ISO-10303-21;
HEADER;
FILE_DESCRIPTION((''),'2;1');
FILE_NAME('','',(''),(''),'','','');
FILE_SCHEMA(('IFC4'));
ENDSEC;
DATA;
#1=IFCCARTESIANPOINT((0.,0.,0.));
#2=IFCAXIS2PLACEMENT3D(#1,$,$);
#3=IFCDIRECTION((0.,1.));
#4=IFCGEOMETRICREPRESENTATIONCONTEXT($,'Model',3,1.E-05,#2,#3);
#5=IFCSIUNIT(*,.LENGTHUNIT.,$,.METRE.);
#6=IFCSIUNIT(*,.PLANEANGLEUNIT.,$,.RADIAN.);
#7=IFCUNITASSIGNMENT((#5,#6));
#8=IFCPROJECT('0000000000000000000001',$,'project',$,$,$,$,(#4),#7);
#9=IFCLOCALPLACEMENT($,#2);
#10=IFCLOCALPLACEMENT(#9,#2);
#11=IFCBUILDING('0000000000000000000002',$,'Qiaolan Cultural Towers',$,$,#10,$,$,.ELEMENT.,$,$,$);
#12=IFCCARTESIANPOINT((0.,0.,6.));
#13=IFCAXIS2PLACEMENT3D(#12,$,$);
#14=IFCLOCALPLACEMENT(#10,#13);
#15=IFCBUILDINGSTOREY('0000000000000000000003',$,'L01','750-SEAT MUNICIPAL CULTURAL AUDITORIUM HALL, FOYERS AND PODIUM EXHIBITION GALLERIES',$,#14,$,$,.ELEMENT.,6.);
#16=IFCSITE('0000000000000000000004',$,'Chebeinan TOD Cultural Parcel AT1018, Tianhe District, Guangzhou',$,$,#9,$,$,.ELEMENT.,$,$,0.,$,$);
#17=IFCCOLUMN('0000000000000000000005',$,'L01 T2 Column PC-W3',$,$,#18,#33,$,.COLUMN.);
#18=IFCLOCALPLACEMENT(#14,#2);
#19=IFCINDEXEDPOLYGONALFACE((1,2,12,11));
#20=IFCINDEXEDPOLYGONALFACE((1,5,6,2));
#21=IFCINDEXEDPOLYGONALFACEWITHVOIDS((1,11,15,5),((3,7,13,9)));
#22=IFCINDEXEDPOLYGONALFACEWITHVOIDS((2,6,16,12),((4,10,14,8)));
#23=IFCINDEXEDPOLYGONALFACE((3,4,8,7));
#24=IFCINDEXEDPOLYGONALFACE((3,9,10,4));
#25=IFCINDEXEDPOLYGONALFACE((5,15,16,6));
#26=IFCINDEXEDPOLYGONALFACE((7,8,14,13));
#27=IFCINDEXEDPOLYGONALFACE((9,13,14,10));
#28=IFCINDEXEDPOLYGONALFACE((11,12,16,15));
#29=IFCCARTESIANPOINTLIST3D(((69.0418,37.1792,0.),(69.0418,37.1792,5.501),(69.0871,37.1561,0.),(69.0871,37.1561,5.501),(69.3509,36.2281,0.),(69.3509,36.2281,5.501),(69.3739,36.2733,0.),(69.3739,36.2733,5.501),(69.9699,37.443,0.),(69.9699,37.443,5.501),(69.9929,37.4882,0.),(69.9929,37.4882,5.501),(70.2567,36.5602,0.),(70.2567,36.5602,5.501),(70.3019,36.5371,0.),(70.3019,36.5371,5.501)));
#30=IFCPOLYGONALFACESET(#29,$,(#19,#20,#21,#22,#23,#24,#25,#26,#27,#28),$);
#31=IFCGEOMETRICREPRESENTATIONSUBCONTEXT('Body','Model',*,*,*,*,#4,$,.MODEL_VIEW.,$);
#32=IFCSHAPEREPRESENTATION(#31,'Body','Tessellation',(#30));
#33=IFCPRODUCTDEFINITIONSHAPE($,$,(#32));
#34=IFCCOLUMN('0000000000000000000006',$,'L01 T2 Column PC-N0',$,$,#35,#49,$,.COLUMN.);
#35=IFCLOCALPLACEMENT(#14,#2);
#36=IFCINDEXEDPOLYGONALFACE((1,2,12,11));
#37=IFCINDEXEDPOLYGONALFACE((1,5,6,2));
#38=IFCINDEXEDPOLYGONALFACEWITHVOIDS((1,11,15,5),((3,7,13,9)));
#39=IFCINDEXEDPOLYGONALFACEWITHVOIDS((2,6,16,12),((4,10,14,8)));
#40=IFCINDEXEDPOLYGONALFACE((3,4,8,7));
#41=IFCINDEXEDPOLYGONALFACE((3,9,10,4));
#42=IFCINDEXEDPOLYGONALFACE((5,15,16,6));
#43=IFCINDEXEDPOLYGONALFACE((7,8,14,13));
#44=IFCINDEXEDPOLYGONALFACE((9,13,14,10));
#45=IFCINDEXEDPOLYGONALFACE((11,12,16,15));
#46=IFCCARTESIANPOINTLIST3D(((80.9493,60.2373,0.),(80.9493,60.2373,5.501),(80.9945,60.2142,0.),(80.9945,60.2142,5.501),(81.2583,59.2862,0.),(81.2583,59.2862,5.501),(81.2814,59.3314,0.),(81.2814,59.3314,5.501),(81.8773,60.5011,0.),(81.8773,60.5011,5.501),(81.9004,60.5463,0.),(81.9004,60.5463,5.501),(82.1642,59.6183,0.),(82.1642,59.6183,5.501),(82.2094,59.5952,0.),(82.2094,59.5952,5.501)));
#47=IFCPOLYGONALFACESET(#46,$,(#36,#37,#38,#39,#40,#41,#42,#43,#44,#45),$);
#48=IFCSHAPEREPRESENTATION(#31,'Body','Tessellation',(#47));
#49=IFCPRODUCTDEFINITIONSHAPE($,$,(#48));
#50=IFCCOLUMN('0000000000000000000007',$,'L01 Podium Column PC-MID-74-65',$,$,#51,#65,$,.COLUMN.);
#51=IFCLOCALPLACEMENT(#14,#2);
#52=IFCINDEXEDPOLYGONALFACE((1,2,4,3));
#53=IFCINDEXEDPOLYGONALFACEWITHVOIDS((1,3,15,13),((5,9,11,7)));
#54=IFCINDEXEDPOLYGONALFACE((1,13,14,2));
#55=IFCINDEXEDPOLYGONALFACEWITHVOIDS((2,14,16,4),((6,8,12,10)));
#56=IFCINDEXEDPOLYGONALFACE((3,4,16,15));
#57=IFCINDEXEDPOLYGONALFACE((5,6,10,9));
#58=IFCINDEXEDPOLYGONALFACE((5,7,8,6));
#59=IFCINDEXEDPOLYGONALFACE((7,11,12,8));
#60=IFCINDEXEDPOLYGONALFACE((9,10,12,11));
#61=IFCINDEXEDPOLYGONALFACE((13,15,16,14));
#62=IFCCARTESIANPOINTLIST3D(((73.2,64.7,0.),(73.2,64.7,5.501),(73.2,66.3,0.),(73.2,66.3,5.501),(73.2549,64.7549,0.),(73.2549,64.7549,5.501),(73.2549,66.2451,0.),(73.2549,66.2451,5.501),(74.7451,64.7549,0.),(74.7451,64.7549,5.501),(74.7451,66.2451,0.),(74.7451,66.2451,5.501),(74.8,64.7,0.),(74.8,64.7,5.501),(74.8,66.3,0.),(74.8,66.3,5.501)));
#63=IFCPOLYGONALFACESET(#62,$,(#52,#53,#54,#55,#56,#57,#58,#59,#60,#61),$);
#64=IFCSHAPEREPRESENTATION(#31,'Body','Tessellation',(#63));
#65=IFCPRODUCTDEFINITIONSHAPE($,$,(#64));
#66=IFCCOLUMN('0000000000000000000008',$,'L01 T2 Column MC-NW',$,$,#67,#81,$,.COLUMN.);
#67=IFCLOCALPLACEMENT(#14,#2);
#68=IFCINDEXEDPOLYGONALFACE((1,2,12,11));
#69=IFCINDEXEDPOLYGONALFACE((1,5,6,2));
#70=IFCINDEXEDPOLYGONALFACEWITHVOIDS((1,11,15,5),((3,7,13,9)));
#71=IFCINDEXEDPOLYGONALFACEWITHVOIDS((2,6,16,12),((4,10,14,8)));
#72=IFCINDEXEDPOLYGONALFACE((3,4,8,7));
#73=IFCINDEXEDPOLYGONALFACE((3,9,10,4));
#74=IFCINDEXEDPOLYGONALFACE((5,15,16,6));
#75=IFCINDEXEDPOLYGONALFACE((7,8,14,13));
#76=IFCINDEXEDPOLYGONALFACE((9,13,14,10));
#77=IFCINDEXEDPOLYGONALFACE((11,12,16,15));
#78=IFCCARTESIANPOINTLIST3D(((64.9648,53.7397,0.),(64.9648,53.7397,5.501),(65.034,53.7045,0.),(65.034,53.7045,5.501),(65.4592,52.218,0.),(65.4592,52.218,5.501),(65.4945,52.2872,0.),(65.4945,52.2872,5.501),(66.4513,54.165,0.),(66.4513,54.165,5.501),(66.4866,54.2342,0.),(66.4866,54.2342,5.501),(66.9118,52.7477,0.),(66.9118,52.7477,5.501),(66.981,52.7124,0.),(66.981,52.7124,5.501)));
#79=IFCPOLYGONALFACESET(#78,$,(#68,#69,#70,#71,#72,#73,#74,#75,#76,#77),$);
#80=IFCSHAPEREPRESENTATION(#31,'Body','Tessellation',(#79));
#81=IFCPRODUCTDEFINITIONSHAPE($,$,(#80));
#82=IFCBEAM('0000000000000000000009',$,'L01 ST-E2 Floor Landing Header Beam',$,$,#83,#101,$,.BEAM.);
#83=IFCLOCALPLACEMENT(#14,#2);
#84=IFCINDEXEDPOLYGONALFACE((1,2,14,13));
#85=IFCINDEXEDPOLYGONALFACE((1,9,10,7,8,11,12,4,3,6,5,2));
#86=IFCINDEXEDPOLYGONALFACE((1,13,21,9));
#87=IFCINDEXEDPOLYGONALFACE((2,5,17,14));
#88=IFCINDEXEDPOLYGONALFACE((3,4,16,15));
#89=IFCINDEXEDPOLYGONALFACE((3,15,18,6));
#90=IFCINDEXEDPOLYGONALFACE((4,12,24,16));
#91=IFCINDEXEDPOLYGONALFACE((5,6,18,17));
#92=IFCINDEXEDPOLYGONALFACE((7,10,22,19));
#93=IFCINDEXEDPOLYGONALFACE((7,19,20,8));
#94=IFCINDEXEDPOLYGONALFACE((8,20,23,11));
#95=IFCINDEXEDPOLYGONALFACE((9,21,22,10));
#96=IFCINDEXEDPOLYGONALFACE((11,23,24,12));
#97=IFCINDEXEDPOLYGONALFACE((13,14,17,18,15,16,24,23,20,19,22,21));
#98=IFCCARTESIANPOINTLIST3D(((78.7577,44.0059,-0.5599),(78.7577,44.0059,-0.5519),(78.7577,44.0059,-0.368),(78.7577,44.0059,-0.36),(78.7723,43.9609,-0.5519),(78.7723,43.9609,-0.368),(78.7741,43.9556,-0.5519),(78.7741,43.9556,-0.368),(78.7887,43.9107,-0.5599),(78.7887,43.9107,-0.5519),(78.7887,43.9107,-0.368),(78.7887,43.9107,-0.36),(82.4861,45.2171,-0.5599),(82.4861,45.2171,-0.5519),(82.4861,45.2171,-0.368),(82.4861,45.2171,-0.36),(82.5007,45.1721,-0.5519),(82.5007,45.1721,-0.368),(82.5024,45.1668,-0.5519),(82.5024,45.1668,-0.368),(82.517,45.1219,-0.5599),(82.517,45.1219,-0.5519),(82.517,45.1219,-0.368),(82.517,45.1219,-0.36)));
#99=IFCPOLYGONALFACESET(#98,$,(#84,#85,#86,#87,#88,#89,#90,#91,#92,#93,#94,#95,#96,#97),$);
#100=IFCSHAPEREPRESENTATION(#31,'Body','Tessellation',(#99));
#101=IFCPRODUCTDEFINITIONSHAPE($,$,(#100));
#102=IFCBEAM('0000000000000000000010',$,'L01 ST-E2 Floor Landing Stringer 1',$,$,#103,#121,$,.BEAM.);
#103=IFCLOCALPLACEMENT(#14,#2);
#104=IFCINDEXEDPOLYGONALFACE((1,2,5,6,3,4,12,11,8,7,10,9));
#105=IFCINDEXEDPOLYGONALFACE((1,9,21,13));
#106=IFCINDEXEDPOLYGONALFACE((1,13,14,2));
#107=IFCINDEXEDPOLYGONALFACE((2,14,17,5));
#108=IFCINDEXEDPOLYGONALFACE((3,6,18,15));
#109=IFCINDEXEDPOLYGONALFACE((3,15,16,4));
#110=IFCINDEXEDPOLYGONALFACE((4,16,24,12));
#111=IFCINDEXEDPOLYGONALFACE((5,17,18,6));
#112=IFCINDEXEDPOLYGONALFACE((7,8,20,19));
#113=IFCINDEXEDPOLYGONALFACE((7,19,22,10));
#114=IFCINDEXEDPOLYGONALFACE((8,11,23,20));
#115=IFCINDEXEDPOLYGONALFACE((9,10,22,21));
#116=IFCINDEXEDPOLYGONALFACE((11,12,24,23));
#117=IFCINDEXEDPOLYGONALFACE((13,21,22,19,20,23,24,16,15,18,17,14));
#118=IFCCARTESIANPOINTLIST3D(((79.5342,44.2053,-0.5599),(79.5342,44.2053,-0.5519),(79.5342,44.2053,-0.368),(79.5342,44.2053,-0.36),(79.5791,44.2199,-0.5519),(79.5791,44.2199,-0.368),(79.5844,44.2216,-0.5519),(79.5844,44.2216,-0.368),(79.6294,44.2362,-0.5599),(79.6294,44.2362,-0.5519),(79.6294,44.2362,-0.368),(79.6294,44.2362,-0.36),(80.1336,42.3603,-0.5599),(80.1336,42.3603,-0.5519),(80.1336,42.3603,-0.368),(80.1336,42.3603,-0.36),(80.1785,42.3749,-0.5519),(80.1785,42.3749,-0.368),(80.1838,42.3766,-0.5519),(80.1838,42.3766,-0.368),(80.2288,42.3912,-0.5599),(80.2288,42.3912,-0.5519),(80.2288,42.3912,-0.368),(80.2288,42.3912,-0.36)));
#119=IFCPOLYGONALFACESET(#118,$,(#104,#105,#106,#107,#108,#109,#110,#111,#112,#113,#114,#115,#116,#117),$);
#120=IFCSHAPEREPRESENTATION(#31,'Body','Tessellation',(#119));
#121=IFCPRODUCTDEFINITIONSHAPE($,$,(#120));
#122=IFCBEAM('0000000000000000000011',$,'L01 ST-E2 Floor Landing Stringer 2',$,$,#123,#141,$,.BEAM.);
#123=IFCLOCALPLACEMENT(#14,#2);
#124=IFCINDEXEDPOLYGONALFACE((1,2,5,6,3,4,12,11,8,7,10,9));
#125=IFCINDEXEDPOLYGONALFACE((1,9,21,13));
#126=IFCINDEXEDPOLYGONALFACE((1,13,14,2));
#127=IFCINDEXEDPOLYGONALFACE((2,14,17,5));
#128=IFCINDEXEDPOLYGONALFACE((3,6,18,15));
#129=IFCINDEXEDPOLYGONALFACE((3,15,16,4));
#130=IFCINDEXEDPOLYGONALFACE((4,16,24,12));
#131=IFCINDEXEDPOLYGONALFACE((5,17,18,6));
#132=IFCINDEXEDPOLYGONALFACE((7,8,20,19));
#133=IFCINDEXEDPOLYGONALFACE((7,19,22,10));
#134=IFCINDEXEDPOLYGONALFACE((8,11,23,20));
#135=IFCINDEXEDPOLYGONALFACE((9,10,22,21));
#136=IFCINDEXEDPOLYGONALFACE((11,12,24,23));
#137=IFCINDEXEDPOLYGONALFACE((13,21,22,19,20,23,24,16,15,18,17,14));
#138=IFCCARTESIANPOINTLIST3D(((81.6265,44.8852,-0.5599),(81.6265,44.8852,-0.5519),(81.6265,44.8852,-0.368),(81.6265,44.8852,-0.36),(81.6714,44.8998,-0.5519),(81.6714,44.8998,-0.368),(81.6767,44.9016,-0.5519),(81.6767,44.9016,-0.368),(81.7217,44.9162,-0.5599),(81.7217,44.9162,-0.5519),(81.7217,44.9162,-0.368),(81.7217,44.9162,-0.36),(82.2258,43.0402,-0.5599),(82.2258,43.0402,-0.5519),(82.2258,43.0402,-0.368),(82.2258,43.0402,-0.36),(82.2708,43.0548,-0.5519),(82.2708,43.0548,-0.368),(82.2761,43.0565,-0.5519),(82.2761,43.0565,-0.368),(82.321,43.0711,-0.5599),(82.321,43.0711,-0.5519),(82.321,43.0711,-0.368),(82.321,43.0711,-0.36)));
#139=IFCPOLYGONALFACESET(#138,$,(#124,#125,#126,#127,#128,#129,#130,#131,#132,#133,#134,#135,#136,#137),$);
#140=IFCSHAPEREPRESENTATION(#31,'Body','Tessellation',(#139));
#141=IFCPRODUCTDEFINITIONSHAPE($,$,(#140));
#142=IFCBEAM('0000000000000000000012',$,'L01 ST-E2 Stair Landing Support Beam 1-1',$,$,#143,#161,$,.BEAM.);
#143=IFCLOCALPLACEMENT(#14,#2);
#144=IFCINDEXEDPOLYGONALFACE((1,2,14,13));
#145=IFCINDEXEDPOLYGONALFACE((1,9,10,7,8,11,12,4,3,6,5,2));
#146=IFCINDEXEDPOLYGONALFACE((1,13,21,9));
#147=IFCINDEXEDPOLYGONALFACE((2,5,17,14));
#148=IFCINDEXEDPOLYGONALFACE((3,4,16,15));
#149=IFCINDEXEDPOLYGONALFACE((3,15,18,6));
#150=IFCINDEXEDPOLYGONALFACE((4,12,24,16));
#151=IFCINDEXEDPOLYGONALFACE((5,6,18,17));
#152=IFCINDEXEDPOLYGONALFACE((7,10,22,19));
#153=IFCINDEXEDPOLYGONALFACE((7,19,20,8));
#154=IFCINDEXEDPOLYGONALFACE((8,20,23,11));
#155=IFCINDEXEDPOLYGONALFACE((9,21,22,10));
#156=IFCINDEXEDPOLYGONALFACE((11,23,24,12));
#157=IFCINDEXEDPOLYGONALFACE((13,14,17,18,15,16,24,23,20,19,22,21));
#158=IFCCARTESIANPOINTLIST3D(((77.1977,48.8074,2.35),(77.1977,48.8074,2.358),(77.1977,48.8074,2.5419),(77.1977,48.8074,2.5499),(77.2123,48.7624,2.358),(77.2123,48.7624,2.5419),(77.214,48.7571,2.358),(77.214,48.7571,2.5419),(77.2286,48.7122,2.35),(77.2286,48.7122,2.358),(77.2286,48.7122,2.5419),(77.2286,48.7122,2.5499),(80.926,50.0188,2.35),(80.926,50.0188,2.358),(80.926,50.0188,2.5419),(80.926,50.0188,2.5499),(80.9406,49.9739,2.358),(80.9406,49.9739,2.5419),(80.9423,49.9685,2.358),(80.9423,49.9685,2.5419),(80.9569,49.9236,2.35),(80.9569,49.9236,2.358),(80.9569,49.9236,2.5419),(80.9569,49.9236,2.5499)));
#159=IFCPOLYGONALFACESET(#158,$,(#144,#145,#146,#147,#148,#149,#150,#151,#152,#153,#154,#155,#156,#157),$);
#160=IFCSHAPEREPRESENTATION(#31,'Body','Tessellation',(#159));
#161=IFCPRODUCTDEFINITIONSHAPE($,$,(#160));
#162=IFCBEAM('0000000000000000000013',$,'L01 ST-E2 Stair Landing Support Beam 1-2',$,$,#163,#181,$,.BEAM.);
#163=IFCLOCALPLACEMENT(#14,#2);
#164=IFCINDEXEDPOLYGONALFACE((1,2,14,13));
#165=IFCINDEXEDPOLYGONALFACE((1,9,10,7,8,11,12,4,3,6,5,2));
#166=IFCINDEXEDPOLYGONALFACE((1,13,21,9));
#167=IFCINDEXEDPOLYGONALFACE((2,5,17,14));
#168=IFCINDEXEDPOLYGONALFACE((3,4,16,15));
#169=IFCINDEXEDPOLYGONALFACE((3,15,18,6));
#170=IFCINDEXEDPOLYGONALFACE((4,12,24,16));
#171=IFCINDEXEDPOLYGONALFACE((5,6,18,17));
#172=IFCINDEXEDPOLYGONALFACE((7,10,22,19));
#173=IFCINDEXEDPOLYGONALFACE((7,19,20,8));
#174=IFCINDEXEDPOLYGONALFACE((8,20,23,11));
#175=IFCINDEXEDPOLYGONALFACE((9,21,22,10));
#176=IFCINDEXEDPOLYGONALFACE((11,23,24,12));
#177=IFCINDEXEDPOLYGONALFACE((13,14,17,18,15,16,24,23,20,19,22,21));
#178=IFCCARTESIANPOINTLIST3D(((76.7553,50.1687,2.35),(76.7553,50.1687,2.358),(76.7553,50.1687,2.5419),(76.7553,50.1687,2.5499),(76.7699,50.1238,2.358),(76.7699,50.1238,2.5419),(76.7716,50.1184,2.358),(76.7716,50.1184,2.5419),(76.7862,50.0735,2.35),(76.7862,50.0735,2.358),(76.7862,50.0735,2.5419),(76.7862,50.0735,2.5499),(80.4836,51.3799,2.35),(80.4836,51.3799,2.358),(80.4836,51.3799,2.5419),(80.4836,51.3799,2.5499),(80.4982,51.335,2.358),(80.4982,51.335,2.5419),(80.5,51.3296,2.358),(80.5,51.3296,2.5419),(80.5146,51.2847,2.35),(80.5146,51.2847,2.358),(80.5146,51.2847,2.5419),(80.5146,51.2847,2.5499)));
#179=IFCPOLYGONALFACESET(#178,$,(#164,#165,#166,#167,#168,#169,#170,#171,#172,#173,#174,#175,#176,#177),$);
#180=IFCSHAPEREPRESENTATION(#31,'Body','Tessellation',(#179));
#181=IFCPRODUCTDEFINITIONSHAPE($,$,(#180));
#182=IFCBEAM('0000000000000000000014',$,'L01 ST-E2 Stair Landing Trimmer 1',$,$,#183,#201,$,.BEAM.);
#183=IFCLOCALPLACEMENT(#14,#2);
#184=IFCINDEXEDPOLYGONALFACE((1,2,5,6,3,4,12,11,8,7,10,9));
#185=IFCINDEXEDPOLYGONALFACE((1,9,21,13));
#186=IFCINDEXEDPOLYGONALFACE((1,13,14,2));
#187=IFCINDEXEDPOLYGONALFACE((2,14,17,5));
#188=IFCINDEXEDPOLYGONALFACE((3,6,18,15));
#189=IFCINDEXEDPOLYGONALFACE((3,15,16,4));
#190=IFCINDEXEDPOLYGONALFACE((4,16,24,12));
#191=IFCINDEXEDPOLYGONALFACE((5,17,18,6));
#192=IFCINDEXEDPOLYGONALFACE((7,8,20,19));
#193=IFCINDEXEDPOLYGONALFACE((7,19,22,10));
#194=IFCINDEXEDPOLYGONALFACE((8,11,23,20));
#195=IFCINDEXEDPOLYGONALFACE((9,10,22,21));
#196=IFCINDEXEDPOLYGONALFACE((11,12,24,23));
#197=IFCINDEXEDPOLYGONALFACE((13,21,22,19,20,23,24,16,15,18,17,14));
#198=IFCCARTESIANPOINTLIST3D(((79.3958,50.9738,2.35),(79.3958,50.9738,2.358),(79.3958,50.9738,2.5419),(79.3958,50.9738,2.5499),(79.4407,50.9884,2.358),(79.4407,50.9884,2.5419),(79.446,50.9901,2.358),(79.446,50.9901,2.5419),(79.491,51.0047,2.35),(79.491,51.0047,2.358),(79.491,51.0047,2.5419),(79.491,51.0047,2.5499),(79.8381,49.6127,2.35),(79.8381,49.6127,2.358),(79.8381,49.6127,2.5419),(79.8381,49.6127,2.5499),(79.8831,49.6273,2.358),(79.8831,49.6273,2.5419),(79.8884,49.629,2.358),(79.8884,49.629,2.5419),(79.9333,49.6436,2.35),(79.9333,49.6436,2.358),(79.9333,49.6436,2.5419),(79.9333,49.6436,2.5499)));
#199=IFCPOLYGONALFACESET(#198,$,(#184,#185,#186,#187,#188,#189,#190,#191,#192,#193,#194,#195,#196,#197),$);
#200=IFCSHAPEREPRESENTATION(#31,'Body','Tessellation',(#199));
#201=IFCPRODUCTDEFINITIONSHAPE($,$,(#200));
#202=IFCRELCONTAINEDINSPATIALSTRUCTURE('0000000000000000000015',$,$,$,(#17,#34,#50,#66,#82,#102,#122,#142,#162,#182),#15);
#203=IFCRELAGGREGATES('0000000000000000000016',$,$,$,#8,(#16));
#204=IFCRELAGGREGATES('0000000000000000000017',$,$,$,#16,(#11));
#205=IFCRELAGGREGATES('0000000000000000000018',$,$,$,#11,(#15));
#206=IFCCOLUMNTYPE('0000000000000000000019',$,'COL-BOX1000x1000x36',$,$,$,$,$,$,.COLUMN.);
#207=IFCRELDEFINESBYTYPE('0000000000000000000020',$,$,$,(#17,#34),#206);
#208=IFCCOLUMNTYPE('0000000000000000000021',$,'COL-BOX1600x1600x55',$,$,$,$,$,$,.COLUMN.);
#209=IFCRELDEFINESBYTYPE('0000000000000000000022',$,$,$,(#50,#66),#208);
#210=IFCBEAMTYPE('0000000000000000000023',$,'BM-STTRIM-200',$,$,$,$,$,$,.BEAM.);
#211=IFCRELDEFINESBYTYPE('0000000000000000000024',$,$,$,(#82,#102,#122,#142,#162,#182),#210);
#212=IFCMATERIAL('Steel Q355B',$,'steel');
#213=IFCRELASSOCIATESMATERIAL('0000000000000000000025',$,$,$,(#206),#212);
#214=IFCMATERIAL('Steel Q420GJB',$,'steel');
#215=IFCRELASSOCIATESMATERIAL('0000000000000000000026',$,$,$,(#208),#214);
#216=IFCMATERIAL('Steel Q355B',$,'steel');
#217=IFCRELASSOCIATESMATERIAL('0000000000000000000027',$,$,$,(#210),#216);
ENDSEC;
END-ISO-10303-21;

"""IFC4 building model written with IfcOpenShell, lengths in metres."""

from ifc_helpers import new_model, si_unit, direction, frame, origin, origin_2d, place, context, subcontext, project, spatial, hollow_rectangle, i_section, extrude, material, material_profile, profile_set, type_object, element, save


model = new_model("IFC4")

# Units and contexts
model_context = context("Model", 3, precision=1e-05, world=origin(), true_north=direction((0.0, 1.0)))
body_context = subcontext(model_context, "Body", "Model", "MODEL_VIEW")
ifc_project = project(units=[si_unit("LENGTHUNIT", "METRE"), si_unit("PLANEANGLEUNIT", "RADIAN")], contexts=[model_context])

# Site, building, storey
site_placement = place(None, origin())
site = spatial("IfcSite", under=ifc_project, at=site_placement, Name="Chebeinan TOD Cultural Parcel AT1018, Tianhe District, Guangzhou", CompositionType="ELEMENT", RefElevation=0.0)
building_placement = place(site_placement, origin())
building = spatial("IfcBuilding", under=site, at=building_placement, Name="Qiaolan Cultural Towers", CompositionType="ELEMENT")
storey_placement = place(building_placement, frame((0.0, 0.0, 6.0)))
storey = spatial("IfcBuildingStorey", under=building, at=storey_placement, Name="L01", Description="750-SEAT MUNICIPAL CULTURAL AUDITORIUM HALL, FOYERS AND PODIUM EXHIBITION GALLERIES", CompositionType="ELEMENT", Elevation=6.0)

# Columns
ifc_material_1 = material(Name="Steel Q355B", Category="steel")
ifc_material_profile_1 = material_profile(ifc_material_1, hollow_rectangle(XDim=1.0, YDim=1.0, WallThickness=0.0359, at=origin_2d()), Name="BOX1000x1000x36")
ifc_profile_set_1 = profile_set([ifc_material_profile_1], Name="Steel Q355B")
column_type_1 = type_object("IfcColumnType", Name="COL-BOX1000x1000x36", PredefinedType="COLUMN", material=ifc_profile_set_1)
for number, where, z_axis, x_axis, name in (
    (1, (69.6719, 36.8582, 0.0), (0.0, 0.0, 1.0), (0.951057, 0.309017, 0.0), "L01 T2 Column PC-W3"),
    (2, (81.5793, 59.9163, 0.0), (0.0, 0.0, 1.0), (0.951057, 0.309017, 0.0), "L01 T2 Column PC-N0"),
):
    element("IfcColumn", number, at=place(storey_placement, frame(where, z_axis=z_axis, x_axis=x_axis)), inside=storey, type_object=column_type_1, Name=name, PredefinedType="COLUMN", context=body_context, shape_type="SweptSolid", body=[
        extrude(hollow_rectangle(XDim=1.0, YDim=1.0, WallThickness=0.0359, at=origin_2d()), origin(), (0.0, 0.0, 1.0), 5.501),
    ])
ifc_material_2 = material(Name="Steel Q420GJB", Category="steel")
ifc_material_profile_2 = material_profile(ifc_material_2, hollow_rectangle(XDim=1.6001, YDim=1.6001, WallThickness=0.0549, at=origin_2d()), Name="BOX1600x1600x55")
ifc_profile_set_2 = profile_set([ifc_material_profile_2], Name="Steel Q420GJB")
column_type_2 = type_object("IfcColumnType", Name="COL-BOX1600x1600x55", PredefinedType="COLUMN", material=ifc_profile_set_2)
for number, where, z_axis, x_axis, name in (
    (3, (74.0, 65.5, 0.0), (0.0, 0.0, 1.0), (1.0, 0.0, 0.0), "L01 Podium Column PC-MID-74-65"),
    (4, (65.9729, 53.2261, 0.0), (0.0, 0.0, 1.0), (0.951057, 0.309017, 0.0), "L01 T2 Column MC-NW"),
):
    element("IfcColumn", number, at=place(storey_placement, frame(where, z_axis=z_axis, x_axis=x_axis)), inside=storey, type_object=column_type_2, Name=name, PredefinedType="COLUMN", context=body_context, shape_type="SweptSolid", body=[
        extrude(hollow_rectangle(XDim=1.6001, YDim=1.6001, WallThickness=0.0549, at=origin_2d()), origin(), (0.0, 0.0, 1.0), 5.501),
    ])

# Beams
ifc_material_3 = material(Name="Steel Q355B", Category="steel")
ifc_material_profile_3 = material_profile(ifc_material_3, i_section(OverallWidth=0.1001, OverallDepth=0.2, WebThickness=0.0056, FlangeThickness=0.0081, at=origin_2d()), Name="HN200x100x5.5x8")
ifc_profile_set_3 = profile_set([ifc_material_profile_3], Name="Steel Q355B")
beam_type = type_object("IfcBeamType", Name="BM-STTRIM-200", PredefinedType="BEAM", material=ifc_profile_set_3)
beam_1_placement = place(storey_placement, frame((78.7732, 43.9583, -0.46), z_axis=(0.951072, 0.308969, 0.0), x_axis=(-0.308969, 0.951072, 0.0)))
element("IfcBeam", 5, at=beam_1_placement, inside=storey, type_object=beam_type, Name="L01 ST-E2 Floor Landing Header Beam", PredefinedType="BEAM", context=body_context, shape_type="SweptSolid", body=[
    extrude(i_section(OverallWidth=0.1001, OverallDepth=0.2, WebThickness=0.0056, FlangeThickness=0.0081, at=origin_2d()), origin(), (0.0, 0.0, 1.0), 3.9202),
])
for number, where, z_axis, x_axis, name in (
    (6, (80.1812, 42.3757, -0.46), (-0.308969, 0.951072, 0.0), (-0.951072, -0.308969, 0.0), "L01 ST-E2 Floor Landing Stringer 1"),
    (7, (82.2734, 43.0557, -0.46), (-0.308969, 0.951072, 0.0), (-0.951072, -0.308969, 0.0), "L01 ST-E2 Floor Landing Stringer 2"),
):
    element("IfcBeam", number, at=place(storey_placement, frame(where, z_axis=z_axis, x_axis=x_axis)), inside=storey, type_object=beam_type, Name=name, PredefinedType="BEAM", context=body_context, shape_type="SweptSolid", body=[
        extrude(i_section(OverallWidth=0.1001, OverallDepth=0.2, WebThickness=0.0056, FlangeThickness=0.0081, at=origin_2d()), origin(), (0.0, 0.0, 1.0), 1.9399),
    ])
for number, where, z_axis, x_axis, name in (
    (8, (77.2131, 48.7598, 2.45), (0.951054, 0.309026, 0.0), (-0.309026, 0.951054, 0.0), "L01 ST-E2 Stair Landing Support Beam 1-1"),
    (9, (76.7708, 50.1211, 2.45), (0.951072, 0.308969, 0.0), (-0.308969, 0.951072, 0.0), "L01 ST-E2 Stair Landing Support Beam 1-2"),
):
    element("IfcBeam", number, at=place(storey_placement, frame(where, z_axis=z_axis, x_axis=x_axis)), inside=storey, type_object=beam_type, Name=name, PredefinedType="BEAM", context=body_context, shape_type="SweptSolid", body=[
        extrude(i_section(OverallWidth=0.1001, OverallDepth=0.2, WebThickness=0.0056, FlangeThickness=0.0081, at=origin_2d()), origin(), (0.0, 0.0, 1.0), 3.9202),
    ])
beam_2_placement = place(storey_placement, frame((79.8857, 49.6282, 2.45), z_axis=(-0.309105, 0.951028, 0.0), x_axis=(-0.951028, -0.309105, 0.0)))
element("IfcBeam", 10, at=beam_2_placement, inside=storey, type_object=beam_type, Name="L01 ST-E2 Stair Landing Trimmer 1", PredefinedType="BEAM", context=body_context, shape_type="SweptSolid", body=[
    extrude(i_section(OverallWidth=0.1001, OverallDepth=0.2, WebThickness=0.0056, FlangeThickness=0.0081, at=origin_2d()), origin(), (0.0, 0.0, 1.0), 1.4312),
])

save(model, "model.ifc")
